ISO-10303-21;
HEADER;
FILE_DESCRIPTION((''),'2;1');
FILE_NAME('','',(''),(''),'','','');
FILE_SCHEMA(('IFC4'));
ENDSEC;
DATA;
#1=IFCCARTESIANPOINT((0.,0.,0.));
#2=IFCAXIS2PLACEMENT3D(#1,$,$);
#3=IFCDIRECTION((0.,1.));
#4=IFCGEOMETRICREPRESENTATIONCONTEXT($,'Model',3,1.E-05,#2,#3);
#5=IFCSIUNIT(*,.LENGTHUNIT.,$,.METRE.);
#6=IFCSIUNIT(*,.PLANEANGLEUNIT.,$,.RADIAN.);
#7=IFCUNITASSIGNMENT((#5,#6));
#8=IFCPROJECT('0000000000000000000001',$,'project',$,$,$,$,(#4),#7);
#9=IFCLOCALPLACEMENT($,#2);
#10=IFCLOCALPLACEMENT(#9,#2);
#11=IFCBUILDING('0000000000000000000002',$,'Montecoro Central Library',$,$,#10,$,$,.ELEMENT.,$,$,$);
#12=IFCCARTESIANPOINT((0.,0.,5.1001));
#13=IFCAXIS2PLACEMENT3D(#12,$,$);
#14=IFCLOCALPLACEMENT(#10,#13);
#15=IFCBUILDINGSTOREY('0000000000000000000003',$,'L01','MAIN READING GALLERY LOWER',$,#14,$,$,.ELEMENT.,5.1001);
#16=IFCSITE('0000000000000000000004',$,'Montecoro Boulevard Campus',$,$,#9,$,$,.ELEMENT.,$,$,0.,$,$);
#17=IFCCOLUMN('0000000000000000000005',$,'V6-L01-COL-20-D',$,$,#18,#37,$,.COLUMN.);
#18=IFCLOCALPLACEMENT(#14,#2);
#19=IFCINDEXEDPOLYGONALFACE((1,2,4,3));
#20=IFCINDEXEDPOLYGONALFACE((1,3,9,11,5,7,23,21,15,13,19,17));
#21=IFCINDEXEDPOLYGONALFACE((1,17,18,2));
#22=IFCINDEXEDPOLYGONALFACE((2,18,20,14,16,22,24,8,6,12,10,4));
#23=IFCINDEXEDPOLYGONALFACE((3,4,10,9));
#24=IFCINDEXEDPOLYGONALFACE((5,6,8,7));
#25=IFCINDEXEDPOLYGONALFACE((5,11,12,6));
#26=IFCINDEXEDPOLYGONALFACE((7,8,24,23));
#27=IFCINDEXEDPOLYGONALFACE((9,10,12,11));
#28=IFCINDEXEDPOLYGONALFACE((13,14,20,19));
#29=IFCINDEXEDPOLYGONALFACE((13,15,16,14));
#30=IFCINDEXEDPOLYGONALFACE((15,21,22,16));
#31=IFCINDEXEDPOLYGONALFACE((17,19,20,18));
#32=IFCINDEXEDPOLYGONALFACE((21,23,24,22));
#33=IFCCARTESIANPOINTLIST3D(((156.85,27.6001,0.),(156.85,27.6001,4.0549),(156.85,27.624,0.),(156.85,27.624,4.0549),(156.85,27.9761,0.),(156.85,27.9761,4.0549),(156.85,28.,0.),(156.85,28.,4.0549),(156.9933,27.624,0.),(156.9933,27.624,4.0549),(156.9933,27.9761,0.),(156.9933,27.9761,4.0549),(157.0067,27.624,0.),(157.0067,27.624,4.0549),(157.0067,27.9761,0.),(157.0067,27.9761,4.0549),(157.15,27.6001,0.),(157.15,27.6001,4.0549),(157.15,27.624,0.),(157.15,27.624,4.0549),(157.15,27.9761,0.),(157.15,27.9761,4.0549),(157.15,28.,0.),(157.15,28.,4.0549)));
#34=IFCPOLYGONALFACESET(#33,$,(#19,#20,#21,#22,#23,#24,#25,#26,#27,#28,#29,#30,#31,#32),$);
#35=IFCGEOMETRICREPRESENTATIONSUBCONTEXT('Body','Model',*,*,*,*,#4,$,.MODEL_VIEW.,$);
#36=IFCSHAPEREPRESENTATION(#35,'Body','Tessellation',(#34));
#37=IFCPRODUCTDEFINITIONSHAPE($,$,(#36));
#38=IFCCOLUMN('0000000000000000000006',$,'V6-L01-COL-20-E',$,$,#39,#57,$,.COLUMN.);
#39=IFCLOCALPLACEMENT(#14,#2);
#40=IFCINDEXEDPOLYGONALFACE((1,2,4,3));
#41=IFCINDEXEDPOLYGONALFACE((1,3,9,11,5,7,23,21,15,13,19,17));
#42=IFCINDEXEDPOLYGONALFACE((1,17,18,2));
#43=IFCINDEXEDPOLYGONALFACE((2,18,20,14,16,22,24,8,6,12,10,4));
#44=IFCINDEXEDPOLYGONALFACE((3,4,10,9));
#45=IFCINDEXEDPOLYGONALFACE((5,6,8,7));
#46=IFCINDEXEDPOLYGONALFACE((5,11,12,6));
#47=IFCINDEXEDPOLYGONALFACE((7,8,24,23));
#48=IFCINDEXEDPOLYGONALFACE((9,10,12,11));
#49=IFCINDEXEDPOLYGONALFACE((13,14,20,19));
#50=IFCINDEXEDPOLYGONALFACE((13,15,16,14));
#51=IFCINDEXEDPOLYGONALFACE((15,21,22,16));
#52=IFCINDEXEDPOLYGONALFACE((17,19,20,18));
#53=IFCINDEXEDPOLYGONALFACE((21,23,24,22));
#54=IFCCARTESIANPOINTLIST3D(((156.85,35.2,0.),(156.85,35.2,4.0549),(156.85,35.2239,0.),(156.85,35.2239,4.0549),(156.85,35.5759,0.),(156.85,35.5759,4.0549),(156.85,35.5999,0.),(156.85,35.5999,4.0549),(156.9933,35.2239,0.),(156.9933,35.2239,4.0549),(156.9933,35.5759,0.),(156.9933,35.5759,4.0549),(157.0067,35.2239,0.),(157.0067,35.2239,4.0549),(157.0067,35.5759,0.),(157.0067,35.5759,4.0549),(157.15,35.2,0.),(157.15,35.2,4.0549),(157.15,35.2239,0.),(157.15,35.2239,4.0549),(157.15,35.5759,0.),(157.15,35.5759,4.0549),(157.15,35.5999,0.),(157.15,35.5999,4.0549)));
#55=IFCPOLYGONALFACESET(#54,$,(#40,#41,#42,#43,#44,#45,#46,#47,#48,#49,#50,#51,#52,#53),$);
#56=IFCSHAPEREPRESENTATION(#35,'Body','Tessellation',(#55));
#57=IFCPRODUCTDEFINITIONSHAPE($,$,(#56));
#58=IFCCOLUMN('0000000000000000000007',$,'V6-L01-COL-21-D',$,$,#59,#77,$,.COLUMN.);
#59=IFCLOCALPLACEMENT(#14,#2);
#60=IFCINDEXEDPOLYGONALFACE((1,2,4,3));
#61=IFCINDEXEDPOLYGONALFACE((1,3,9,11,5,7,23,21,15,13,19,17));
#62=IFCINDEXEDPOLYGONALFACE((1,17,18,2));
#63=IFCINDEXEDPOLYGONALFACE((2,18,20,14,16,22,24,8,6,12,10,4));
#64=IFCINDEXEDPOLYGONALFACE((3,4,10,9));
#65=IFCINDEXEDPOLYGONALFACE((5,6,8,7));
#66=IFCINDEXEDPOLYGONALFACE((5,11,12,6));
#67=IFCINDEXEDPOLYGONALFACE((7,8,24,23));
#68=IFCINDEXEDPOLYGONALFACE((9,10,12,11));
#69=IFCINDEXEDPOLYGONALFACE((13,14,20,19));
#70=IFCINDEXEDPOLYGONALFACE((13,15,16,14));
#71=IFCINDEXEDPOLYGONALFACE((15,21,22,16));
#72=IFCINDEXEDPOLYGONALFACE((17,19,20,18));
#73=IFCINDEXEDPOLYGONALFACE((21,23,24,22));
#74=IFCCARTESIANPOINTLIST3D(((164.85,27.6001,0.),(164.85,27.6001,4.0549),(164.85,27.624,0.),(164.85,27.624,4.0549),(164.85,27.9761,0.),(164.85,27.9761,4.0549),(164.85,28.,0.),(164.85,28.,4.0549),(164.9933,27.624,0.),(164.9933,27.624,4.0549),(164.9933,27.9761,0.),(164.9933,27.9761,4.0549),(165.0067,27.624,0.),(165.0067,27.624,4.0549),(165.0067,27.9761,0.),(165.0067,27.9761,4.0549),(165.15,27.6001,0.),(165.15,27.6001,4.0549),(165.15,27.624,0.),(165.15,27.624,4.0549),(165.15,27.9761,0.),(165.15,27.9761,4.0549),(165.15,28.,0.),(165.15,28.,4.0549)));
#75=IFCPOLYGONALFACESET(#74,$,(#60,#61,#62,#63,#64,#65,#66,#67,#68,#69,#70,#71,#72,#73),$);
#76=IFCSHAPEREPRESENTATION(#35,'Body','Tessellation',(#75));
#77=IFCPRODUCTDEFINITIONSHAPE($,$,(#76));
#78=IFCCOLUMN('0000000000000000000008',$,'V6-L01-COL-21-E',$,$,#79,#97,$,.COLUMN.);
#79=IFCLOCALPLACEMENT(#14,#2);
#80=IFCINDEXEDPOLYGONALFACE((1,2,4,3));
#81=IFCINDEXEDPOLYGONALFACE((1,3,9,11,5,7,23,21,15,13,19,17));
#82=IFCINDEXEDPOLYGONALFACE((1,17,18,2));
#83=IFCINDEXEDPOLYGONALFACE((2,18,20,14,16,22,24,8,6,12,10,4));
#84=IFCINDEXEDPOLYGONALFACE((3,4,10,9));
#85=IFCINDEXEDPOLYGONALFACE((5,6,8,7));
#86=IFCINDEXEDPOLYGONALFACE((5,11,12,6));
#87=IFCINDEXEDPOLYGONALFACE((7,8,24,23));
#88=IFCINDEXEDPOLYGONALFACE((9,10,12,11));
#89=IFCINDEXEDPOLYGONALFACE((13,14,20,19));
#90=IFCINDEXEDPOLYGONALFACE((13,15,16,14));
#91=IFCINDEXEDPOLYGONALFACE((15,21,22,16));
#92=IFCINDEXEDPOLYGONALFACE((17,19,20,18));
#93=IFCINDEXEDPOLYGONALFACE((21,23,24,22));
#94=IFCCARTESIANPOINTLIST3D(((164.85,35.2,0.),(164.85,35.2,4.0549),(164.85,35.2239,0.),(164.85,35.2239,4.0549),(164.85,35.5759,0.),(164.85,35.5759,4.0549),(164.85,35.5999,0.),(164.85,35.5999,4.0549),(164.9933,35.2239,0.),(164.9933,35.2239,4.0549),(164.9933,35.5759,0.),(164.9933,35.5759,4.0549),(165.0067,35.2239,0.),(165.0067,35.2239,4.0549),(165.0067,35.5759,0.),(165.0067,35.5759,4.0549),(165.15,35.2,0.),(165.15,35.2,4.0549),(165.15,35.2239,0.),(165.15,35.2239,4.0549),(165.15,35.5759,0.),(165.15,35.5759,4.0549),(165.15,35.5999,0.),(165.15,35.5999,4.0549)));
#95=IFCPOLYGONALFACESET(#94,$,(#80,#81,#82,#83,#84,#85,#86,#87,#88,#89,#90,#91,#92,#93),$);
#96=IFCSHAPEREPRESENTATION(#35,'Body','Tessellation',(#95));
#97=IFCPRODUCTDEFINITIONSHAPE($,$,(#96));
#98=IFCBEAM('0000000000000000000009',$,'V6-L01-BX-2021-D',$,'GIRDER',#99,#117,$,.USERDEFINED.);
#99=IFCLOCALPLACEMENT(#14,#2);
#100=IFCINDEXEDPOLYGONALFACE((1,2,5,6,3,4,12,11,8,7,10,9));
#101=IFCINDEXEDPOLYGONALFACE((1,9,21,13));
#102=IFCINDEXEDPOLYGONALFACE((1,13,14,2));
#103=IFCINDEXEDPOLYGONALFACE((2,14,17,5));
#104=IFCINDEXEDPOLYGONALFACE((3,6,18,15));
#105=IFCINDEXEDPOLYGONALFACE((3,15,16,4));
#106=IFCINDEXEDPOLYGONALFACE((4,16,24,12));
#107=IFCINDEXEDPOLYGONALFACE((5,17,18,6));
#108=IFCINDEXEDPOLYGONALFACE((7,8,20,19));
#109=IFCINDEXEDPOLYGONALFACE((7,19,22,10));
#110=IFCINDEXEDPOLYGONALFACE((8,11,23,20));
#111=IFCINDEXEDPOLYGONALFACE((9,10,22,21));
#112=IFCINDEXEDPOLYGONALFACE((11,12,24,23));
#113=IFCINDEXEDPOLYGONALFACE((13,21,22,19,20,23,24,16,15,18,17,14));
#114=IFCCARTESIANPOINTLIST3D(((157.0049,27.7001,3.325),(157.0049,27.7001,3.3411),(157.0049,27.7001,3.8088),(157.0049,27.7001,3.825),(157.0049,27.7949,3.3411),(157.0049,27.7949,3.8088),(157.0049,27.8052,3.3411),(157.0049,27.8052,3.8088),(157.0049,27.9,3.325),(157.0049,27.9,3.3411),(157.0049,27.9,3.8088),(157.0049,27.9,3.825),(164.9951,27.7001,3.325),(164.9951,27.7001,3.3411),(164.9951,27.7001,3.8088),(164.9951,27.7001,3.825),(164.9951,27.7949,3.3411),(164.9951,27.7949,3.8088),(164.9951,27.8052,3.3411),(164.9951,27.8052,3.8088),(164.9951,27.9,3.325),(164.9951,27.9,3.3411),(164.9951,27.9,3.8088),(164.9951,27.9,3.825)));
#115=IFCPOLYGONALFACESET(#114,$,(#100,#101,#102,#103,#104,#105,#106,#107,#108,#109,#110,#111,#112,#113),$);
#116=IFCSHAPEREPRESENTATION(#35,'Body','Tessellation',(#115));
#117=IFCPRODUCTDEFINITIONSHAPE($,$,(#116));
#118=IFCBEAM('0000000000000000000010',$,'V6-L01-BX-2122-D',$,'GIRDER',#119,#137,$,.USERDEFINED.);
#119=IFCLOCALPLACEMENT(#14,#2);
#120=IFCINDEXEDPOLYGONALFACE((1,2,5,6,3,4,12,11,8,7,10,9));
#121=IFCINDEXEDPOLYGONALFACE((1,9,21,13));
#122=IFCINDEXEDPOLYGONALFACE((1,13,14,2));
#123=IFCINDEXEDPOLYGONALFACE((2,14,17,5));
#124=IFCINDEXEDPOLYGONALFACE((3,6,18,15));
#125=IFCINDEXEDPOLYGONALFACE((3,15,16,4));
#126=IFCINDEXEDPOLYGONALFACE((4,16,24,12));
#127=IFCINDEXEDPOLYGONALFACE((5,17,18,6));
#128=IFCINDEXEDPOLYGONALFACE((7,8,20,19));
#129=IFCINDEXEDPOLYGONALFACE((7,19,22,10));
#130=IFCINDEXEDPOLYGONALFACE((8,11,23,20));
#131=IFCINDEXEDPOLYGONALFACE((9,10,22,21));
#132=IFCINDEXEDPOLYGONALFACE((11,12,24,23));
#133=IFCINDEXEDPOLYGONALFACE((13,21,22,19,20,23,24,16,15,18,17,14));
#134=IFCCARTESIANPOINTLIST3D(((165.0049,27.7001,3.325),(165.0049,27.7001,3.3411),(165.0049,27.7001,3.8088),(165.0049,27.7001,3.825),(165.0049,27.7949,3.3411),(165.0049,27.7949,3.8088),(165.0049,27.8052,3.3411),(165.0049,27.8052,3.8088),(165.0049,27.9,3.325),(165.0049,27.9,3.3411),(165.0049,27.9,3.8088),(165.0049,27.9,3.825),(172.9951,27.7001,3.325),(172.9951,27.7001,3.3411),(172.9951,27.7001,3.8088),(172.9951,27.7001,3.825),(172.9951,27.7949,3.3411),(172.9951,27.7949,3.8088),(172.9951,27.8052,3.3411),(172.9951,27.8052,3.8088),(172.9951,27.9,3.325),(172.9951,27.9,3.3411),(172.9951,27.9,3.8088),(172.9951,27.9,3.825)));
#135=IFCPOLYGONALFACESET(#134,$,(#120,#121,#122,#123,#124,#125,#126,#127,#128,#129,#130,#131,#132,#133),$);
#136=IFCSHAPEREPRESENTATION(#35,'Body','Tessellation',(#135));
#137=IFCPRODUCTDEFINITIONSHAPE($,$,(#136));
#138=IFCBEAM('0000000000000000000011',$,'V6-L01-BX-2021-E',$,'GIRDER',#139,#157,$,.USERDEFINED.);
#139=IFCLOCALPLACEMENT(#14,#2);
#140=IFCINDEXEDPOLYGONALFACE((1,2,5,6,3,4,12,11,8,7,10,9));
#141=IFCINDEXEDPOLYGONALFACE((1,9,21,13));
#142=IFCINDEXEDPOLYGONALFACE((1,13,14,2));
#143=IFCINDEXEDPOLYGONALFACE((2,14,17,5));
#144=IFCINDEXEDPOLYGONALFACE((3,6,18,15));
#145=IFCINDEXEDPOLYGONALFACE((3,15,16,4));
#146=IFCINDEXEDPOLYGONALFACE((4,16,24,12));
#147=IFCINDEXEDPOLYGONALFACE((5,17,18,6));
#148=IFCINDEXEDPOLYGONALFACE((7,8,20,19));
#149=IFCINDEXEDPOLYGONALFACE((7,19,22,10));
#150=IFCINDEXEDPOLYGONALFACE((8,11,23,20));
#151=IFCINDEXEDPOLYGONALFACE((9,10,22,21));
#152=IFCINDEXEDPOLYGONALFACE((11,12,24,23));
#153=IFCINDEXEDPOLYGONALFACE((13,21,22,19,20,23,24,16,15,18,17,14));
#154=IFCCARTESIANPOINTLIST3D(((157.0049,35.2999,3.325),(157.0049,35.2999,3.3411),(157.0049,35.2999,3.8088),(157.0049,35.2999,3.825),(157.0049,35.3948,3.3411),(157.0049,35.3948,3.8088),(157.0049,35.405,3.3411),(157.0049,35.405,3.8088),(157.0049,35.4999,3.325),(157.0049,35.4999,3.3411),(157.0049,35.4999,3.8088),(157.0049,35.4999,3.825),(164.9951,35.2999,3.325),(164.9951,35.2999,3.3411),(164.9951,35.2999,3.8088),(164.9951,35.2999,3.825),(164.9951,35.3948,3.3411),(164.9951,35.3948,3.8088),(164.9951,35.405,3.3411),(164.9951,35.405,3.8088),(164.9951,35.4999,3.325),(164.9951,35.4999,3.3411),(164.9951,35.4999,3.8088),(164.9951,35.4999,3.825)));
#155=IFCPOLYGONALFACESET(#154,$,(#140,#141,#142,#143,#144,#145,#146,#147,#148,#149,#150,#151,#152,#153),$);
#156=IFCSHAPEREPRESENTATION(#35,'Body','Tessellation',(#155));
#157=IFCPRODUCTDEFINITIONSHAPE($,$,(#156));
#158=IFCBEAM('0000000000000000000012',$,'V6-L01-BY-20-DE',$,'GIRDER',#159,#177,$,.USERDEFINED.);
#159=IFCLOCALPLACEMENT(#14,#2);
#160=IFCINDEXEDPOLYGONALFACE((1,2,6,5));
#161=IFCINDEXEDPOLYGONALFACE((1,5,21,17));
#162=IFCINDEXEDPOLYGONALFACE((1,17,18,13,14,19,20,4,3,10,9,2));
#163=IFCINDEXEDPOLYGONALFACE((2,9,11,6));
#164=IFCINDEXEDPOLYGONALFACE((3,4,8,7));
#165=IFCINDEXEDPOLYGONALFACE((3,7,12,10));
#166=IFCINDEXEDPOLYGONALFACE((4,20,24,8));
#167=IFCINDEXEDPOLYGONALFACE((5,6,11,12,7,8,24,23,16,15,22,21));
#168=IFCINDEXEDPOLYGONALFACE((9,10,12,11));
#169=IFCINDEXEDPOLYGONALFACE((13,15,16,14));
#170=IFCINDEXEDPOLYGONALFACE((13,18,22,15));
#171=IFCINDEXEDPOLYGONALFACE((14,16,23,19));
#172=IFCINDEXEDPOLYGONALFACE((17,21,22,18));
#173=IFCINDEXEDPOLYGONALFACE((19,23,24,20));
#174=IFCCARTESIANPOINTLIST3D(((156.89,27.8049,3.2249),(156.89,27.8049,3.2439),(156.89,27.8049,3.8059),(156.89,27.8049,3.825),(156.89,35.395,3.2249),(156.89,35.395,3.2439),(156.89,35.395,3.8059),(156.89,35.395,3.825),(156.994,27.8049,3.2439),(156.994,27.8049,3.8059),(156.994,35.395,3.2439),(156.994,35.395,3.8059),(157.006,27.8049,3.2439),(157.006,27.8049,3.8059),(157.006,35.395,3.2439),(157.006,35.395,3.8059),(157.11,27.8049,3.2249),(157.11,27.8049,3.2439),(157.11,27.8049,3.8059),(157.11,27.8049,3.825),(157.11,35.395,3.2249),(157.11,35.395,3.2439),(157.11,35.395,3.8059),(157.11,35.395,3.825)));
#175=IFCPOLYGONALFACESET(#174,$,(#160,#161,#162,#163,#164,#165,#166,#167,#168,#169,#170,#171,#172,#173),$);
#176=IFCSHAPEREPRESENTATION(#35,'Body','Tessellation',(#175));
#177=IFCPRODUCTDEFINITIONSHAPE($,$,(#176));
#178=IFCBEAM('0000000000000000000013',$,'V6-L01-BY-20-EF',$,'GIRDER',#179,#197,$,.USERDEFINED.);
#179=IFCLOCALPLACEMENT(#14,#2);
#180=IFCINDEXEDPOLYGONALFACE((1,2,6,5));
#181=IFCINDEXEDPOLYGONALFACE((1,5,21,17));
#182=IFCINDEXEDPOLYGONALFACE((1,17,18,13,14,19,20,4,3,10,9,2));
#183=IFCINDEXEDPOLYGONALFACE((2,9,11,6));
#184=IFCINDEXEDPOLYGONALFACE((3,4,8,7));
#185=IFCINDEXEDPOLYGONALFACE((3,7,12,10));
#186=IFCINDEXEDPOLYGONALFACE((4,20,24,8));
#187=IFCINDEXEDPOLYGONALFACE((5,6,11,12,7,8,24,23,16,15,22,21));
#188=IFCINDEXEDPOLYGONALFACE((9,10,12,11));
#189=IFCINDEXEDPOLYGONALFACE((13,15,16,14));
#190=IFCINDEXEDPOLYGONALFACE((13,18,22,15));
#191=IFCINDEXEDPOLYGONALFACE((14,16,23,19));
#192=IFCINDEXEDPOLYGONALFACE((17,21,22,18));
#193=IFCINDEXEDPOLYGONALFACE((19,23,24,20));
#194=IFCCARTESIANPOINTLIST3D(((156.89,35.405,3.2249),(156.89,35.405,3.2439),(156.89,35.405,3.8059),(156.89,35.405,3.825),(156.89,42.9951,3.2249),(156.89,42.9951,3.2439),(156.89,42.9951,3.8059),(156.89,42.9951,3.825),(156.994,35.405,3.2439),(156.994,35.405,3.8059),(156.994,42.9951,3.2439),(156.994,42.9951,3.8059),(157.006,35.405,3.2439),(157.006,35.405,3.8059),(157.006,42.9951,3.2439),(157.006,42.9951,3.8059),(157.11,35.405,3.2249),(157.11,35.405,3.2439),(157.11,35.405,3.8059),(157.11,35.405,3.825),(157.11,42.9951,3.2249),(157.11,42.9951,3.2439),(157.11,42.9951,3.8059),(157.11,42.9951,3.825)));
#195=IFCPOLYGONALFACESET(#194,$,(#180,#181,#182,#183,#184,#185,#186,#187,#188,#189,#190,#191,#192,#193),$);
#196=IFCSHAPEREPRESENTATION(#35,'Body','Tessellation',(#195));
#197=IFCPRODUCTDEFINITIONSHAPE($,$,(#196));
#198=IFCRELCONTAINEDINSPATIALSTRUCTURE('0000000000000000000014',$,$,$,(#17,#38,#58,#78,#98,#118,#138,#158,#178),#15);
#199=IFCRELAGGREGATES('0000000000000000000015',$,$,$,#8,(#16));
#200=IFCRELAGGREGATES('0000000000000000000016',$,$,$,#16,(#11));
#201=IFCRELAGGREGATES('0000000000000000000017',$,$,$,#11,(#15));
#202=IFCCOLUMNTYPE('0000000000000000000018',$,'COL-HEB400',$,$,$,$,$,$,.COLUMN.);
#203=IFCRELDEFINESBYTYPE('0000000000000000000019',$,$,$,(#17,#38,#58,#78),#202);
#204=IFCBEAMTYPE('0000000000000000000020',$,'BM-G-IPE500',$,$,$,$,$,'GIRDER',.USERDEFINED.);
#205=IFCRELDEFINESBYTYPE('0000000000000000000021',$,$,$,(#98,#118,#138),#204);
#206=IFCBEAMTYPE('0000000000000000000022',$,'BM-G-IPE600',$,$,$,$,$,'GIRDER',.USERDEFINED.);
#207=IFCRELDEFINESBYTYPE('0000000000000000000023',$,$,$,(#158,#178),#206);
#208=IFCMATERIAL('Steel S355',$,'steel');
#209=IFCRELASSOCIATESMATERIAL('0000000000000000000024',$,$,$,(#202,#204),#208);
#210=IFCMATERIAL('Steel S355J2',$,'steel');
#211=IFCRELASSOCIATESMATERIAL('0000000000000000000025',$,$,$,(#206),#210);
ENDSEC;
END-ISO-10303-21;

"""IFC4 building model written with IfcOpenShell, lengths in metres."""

from ifc_helpers import new_model, si_unit, direction, frame, origin, origin_2d, place, context, subcontext, project, spatial, i_section, extrude, material, material_profile, profile_set, type_object, element, save


model = new_model("IFC4")

# Units and contexts
model_context = context("Model", 3, precision=1e-05, world=origin(), true_north=direction((0.0, 1.0)))
body_context = subcontext(model_context, "Body", "Model", "MODEL_VIEW")
ifc_project = project(units=[si_unit("LENGTHUNIT", "METRE"), si_unit("PLANEANGLEUNIT", "RADIAN")], contexts=[model_context])

# Site, building, storey
site_placement = place(None, origin())
site = spatial("IfcSite", under=ifc_project, at=site_placement, Name="Montecoro Boulevard Campus", CompositionType="ELEMENT", RefElevation=0.0)
building_placement = place(site_placement, origin())
building = spatial("IfcBuilding", under=site, at=building_placement, Name="Montecoro Central Library", CompositionType="ELEMENT")
storey_placement = place(building_placement, frame((0.0, 0.0, 5.1001)))
storey = spatial("IfcBuildingStorey", under=building, at=storey_placement, Name="L01", Description="MAIN READING GALLERY LOWER", CompositionType="ELEMENT", Elevation=5.1001)

# Columns
ifc_material_1 = material(Name="Steel S355", Category="steel")
ifc_material_profile_1 = material_profile(ifc_material_1, i_section(OverallWidth=0.3, OverallDepth=0.3999, WebThickness=0.0134, FlangeThickness=0.0239, at=origin_2d()), Name="HEB 400")
ifc_profile_set_1 = profile_set([ifc_material_profile_1], Name="Steel S355")
column_type = type_object("IfcColumnType", Name="COL-HEB400", PredefinedType="COLUMN", material=ifc_profile_set_1)
for number, where, z_axis, x_axis, name in (
    (1, (157.0, 27.8, 0.0), (0.0, 0.0, 1.0), (1.0, 0.0, 0.0), "V6-L01-COL-20-D"),
    (2, (157.0, 35.3999, 0.0), (0.0, 0.0, 1.0), (1.0, 0.0, 0.0), "V6-L01-COL-20-E"),
    (3, (165.0, 27.8, 0.0), (0.0, 0.0, 1.0), (1.0, 0.0, 0.0), "V6-L01-COL-21-D"),
    (4, (165.0, 35.3999, 0.0), (0.0, 0.0, 1.0), (1.0, 0.0, 0.0), "V6-L01-COL-21-E"),
):
    element("IfcColumn", number, at=place(storey_placement, frame(where, z_axis=z_axis, x_axis=x_axis)), inside=storey, type_object=column_type, Name=name, PredefinedType="COLUMN", context=body_context, shape_type="SweptSolid", body=[
        extrude(i_section(OverallWidth=0.3, OverallDepth=0.3999, WebThickness=0.0134, FlangeThickness=0.0239, at=origin_2d()), origin(), (0.0, 0.0, 1.0), 4.0549),
    ])

# Beams
ifc_material_profile_2 = material_profile(ifc_material_1, i_section(OverallWidth=0.2, OverallDepth=0.5, WebThickness=0.0103, FlangeThickness=0.0161, at=origin_2d()), Name="IPE 500")
ifc_profile_set_2 = profile_set([ifc_material_profile_2], Name="Steel S355")
beam_type_1 = type_object("IfcBeamType", Name="BM-G-IPE500", ElementType="GIRDER", PredefinedType="USERDEFINED", material=ifc_profile_set_2)
for number, where, z_axis, x_axis, name in (
    (5, (157.0049, 27.8, 3.575), (1.0, 0.0, 0.0), (0.0, 1.0, 0.0), "V6-L01-BX-2021-D"),
    (6, (165.0049, 27.8, 3.575), (1.0, 0.0, 0.0), (0.0, 1.0, 0.0), "V6-L01-BX-2122-D"),
    (7, (157.0049, 35.3999, 3.575), (1.0, 0.0, 0.0), (0.0, 1.0, 0.0), "V6-L01-BX-2021-E"),
):
    element("IfcBeam", number, at=place(storey_placement, frame(where, z_axis=z_axis, x_axis=x_axis)), inside=storey, type_object=beam_type_1, Name=name, ObjectType="GIRDER", PredefinedType="USERDEFINED", context=body_context, shape_type="SweptSolid", body=[
        extrude(i_section(OverallWidth=0.2, OverallDepth=0.5, WebThickness=0.0103, FlangeThickness=0.0161, at=origin_2d()), origin(), (0.0, 0.0, 1.0), 7.9902),
    ])
ifc_material_2 = material(Name="Steel S355J2", Category="steel")
ifc_material_profile_3 = material_profile(ifc_material_2, i_section(OverallWidth=0.22, OverallDepth=0.6001, WebThickness=0.012, FlangeThickness=0.019, at=origin_2d()), Name="IPE 600")
ifc_profile_set_3 = profile_set([ifc_material_profile_3], Name="Steel S355J2")
beam_type_2 = type_object("IfcBeamType", Name="BM-G-IPE600", ElementType="GIRDER", PredefinedType="USERDEFINED", material=ifc_profile_set_3)
for number, where, z_axis, x_axis, name in (
    (8, (157.0, 27.8049, 3.5249), (0.0, 1.0, 0.0), (-1.0, 0.0, 0.0), "V6-L01-BY-20-DE"),
    (9, (157.0, 35.405, 3.5249), (0.0, 1.0, 0.0), (-1.0, 0.0, 0.0), "V6-L01-BY-20-EF"),
):
    element("IfcBeam", number, at=place(storey_placement, frame(where, z_axis=z_axis, x_axis=x_axis)), inside=storey, type_object=beam_type_2, Name=name, ObjectType="GIRDER", PredefinedType="USERDEFINED", context=body_context, shape_type="SweptSolid", body=[
        extrude(i_section(OverallWidth=0.22, OverallDepth=0.6001, WebThickness=0.012, FlangeThickness=0.019, at=origin_2d()), origin(), (0.0, 0.0, 1.0), 7.5901),
    ])

save(model, "model.ifc")
